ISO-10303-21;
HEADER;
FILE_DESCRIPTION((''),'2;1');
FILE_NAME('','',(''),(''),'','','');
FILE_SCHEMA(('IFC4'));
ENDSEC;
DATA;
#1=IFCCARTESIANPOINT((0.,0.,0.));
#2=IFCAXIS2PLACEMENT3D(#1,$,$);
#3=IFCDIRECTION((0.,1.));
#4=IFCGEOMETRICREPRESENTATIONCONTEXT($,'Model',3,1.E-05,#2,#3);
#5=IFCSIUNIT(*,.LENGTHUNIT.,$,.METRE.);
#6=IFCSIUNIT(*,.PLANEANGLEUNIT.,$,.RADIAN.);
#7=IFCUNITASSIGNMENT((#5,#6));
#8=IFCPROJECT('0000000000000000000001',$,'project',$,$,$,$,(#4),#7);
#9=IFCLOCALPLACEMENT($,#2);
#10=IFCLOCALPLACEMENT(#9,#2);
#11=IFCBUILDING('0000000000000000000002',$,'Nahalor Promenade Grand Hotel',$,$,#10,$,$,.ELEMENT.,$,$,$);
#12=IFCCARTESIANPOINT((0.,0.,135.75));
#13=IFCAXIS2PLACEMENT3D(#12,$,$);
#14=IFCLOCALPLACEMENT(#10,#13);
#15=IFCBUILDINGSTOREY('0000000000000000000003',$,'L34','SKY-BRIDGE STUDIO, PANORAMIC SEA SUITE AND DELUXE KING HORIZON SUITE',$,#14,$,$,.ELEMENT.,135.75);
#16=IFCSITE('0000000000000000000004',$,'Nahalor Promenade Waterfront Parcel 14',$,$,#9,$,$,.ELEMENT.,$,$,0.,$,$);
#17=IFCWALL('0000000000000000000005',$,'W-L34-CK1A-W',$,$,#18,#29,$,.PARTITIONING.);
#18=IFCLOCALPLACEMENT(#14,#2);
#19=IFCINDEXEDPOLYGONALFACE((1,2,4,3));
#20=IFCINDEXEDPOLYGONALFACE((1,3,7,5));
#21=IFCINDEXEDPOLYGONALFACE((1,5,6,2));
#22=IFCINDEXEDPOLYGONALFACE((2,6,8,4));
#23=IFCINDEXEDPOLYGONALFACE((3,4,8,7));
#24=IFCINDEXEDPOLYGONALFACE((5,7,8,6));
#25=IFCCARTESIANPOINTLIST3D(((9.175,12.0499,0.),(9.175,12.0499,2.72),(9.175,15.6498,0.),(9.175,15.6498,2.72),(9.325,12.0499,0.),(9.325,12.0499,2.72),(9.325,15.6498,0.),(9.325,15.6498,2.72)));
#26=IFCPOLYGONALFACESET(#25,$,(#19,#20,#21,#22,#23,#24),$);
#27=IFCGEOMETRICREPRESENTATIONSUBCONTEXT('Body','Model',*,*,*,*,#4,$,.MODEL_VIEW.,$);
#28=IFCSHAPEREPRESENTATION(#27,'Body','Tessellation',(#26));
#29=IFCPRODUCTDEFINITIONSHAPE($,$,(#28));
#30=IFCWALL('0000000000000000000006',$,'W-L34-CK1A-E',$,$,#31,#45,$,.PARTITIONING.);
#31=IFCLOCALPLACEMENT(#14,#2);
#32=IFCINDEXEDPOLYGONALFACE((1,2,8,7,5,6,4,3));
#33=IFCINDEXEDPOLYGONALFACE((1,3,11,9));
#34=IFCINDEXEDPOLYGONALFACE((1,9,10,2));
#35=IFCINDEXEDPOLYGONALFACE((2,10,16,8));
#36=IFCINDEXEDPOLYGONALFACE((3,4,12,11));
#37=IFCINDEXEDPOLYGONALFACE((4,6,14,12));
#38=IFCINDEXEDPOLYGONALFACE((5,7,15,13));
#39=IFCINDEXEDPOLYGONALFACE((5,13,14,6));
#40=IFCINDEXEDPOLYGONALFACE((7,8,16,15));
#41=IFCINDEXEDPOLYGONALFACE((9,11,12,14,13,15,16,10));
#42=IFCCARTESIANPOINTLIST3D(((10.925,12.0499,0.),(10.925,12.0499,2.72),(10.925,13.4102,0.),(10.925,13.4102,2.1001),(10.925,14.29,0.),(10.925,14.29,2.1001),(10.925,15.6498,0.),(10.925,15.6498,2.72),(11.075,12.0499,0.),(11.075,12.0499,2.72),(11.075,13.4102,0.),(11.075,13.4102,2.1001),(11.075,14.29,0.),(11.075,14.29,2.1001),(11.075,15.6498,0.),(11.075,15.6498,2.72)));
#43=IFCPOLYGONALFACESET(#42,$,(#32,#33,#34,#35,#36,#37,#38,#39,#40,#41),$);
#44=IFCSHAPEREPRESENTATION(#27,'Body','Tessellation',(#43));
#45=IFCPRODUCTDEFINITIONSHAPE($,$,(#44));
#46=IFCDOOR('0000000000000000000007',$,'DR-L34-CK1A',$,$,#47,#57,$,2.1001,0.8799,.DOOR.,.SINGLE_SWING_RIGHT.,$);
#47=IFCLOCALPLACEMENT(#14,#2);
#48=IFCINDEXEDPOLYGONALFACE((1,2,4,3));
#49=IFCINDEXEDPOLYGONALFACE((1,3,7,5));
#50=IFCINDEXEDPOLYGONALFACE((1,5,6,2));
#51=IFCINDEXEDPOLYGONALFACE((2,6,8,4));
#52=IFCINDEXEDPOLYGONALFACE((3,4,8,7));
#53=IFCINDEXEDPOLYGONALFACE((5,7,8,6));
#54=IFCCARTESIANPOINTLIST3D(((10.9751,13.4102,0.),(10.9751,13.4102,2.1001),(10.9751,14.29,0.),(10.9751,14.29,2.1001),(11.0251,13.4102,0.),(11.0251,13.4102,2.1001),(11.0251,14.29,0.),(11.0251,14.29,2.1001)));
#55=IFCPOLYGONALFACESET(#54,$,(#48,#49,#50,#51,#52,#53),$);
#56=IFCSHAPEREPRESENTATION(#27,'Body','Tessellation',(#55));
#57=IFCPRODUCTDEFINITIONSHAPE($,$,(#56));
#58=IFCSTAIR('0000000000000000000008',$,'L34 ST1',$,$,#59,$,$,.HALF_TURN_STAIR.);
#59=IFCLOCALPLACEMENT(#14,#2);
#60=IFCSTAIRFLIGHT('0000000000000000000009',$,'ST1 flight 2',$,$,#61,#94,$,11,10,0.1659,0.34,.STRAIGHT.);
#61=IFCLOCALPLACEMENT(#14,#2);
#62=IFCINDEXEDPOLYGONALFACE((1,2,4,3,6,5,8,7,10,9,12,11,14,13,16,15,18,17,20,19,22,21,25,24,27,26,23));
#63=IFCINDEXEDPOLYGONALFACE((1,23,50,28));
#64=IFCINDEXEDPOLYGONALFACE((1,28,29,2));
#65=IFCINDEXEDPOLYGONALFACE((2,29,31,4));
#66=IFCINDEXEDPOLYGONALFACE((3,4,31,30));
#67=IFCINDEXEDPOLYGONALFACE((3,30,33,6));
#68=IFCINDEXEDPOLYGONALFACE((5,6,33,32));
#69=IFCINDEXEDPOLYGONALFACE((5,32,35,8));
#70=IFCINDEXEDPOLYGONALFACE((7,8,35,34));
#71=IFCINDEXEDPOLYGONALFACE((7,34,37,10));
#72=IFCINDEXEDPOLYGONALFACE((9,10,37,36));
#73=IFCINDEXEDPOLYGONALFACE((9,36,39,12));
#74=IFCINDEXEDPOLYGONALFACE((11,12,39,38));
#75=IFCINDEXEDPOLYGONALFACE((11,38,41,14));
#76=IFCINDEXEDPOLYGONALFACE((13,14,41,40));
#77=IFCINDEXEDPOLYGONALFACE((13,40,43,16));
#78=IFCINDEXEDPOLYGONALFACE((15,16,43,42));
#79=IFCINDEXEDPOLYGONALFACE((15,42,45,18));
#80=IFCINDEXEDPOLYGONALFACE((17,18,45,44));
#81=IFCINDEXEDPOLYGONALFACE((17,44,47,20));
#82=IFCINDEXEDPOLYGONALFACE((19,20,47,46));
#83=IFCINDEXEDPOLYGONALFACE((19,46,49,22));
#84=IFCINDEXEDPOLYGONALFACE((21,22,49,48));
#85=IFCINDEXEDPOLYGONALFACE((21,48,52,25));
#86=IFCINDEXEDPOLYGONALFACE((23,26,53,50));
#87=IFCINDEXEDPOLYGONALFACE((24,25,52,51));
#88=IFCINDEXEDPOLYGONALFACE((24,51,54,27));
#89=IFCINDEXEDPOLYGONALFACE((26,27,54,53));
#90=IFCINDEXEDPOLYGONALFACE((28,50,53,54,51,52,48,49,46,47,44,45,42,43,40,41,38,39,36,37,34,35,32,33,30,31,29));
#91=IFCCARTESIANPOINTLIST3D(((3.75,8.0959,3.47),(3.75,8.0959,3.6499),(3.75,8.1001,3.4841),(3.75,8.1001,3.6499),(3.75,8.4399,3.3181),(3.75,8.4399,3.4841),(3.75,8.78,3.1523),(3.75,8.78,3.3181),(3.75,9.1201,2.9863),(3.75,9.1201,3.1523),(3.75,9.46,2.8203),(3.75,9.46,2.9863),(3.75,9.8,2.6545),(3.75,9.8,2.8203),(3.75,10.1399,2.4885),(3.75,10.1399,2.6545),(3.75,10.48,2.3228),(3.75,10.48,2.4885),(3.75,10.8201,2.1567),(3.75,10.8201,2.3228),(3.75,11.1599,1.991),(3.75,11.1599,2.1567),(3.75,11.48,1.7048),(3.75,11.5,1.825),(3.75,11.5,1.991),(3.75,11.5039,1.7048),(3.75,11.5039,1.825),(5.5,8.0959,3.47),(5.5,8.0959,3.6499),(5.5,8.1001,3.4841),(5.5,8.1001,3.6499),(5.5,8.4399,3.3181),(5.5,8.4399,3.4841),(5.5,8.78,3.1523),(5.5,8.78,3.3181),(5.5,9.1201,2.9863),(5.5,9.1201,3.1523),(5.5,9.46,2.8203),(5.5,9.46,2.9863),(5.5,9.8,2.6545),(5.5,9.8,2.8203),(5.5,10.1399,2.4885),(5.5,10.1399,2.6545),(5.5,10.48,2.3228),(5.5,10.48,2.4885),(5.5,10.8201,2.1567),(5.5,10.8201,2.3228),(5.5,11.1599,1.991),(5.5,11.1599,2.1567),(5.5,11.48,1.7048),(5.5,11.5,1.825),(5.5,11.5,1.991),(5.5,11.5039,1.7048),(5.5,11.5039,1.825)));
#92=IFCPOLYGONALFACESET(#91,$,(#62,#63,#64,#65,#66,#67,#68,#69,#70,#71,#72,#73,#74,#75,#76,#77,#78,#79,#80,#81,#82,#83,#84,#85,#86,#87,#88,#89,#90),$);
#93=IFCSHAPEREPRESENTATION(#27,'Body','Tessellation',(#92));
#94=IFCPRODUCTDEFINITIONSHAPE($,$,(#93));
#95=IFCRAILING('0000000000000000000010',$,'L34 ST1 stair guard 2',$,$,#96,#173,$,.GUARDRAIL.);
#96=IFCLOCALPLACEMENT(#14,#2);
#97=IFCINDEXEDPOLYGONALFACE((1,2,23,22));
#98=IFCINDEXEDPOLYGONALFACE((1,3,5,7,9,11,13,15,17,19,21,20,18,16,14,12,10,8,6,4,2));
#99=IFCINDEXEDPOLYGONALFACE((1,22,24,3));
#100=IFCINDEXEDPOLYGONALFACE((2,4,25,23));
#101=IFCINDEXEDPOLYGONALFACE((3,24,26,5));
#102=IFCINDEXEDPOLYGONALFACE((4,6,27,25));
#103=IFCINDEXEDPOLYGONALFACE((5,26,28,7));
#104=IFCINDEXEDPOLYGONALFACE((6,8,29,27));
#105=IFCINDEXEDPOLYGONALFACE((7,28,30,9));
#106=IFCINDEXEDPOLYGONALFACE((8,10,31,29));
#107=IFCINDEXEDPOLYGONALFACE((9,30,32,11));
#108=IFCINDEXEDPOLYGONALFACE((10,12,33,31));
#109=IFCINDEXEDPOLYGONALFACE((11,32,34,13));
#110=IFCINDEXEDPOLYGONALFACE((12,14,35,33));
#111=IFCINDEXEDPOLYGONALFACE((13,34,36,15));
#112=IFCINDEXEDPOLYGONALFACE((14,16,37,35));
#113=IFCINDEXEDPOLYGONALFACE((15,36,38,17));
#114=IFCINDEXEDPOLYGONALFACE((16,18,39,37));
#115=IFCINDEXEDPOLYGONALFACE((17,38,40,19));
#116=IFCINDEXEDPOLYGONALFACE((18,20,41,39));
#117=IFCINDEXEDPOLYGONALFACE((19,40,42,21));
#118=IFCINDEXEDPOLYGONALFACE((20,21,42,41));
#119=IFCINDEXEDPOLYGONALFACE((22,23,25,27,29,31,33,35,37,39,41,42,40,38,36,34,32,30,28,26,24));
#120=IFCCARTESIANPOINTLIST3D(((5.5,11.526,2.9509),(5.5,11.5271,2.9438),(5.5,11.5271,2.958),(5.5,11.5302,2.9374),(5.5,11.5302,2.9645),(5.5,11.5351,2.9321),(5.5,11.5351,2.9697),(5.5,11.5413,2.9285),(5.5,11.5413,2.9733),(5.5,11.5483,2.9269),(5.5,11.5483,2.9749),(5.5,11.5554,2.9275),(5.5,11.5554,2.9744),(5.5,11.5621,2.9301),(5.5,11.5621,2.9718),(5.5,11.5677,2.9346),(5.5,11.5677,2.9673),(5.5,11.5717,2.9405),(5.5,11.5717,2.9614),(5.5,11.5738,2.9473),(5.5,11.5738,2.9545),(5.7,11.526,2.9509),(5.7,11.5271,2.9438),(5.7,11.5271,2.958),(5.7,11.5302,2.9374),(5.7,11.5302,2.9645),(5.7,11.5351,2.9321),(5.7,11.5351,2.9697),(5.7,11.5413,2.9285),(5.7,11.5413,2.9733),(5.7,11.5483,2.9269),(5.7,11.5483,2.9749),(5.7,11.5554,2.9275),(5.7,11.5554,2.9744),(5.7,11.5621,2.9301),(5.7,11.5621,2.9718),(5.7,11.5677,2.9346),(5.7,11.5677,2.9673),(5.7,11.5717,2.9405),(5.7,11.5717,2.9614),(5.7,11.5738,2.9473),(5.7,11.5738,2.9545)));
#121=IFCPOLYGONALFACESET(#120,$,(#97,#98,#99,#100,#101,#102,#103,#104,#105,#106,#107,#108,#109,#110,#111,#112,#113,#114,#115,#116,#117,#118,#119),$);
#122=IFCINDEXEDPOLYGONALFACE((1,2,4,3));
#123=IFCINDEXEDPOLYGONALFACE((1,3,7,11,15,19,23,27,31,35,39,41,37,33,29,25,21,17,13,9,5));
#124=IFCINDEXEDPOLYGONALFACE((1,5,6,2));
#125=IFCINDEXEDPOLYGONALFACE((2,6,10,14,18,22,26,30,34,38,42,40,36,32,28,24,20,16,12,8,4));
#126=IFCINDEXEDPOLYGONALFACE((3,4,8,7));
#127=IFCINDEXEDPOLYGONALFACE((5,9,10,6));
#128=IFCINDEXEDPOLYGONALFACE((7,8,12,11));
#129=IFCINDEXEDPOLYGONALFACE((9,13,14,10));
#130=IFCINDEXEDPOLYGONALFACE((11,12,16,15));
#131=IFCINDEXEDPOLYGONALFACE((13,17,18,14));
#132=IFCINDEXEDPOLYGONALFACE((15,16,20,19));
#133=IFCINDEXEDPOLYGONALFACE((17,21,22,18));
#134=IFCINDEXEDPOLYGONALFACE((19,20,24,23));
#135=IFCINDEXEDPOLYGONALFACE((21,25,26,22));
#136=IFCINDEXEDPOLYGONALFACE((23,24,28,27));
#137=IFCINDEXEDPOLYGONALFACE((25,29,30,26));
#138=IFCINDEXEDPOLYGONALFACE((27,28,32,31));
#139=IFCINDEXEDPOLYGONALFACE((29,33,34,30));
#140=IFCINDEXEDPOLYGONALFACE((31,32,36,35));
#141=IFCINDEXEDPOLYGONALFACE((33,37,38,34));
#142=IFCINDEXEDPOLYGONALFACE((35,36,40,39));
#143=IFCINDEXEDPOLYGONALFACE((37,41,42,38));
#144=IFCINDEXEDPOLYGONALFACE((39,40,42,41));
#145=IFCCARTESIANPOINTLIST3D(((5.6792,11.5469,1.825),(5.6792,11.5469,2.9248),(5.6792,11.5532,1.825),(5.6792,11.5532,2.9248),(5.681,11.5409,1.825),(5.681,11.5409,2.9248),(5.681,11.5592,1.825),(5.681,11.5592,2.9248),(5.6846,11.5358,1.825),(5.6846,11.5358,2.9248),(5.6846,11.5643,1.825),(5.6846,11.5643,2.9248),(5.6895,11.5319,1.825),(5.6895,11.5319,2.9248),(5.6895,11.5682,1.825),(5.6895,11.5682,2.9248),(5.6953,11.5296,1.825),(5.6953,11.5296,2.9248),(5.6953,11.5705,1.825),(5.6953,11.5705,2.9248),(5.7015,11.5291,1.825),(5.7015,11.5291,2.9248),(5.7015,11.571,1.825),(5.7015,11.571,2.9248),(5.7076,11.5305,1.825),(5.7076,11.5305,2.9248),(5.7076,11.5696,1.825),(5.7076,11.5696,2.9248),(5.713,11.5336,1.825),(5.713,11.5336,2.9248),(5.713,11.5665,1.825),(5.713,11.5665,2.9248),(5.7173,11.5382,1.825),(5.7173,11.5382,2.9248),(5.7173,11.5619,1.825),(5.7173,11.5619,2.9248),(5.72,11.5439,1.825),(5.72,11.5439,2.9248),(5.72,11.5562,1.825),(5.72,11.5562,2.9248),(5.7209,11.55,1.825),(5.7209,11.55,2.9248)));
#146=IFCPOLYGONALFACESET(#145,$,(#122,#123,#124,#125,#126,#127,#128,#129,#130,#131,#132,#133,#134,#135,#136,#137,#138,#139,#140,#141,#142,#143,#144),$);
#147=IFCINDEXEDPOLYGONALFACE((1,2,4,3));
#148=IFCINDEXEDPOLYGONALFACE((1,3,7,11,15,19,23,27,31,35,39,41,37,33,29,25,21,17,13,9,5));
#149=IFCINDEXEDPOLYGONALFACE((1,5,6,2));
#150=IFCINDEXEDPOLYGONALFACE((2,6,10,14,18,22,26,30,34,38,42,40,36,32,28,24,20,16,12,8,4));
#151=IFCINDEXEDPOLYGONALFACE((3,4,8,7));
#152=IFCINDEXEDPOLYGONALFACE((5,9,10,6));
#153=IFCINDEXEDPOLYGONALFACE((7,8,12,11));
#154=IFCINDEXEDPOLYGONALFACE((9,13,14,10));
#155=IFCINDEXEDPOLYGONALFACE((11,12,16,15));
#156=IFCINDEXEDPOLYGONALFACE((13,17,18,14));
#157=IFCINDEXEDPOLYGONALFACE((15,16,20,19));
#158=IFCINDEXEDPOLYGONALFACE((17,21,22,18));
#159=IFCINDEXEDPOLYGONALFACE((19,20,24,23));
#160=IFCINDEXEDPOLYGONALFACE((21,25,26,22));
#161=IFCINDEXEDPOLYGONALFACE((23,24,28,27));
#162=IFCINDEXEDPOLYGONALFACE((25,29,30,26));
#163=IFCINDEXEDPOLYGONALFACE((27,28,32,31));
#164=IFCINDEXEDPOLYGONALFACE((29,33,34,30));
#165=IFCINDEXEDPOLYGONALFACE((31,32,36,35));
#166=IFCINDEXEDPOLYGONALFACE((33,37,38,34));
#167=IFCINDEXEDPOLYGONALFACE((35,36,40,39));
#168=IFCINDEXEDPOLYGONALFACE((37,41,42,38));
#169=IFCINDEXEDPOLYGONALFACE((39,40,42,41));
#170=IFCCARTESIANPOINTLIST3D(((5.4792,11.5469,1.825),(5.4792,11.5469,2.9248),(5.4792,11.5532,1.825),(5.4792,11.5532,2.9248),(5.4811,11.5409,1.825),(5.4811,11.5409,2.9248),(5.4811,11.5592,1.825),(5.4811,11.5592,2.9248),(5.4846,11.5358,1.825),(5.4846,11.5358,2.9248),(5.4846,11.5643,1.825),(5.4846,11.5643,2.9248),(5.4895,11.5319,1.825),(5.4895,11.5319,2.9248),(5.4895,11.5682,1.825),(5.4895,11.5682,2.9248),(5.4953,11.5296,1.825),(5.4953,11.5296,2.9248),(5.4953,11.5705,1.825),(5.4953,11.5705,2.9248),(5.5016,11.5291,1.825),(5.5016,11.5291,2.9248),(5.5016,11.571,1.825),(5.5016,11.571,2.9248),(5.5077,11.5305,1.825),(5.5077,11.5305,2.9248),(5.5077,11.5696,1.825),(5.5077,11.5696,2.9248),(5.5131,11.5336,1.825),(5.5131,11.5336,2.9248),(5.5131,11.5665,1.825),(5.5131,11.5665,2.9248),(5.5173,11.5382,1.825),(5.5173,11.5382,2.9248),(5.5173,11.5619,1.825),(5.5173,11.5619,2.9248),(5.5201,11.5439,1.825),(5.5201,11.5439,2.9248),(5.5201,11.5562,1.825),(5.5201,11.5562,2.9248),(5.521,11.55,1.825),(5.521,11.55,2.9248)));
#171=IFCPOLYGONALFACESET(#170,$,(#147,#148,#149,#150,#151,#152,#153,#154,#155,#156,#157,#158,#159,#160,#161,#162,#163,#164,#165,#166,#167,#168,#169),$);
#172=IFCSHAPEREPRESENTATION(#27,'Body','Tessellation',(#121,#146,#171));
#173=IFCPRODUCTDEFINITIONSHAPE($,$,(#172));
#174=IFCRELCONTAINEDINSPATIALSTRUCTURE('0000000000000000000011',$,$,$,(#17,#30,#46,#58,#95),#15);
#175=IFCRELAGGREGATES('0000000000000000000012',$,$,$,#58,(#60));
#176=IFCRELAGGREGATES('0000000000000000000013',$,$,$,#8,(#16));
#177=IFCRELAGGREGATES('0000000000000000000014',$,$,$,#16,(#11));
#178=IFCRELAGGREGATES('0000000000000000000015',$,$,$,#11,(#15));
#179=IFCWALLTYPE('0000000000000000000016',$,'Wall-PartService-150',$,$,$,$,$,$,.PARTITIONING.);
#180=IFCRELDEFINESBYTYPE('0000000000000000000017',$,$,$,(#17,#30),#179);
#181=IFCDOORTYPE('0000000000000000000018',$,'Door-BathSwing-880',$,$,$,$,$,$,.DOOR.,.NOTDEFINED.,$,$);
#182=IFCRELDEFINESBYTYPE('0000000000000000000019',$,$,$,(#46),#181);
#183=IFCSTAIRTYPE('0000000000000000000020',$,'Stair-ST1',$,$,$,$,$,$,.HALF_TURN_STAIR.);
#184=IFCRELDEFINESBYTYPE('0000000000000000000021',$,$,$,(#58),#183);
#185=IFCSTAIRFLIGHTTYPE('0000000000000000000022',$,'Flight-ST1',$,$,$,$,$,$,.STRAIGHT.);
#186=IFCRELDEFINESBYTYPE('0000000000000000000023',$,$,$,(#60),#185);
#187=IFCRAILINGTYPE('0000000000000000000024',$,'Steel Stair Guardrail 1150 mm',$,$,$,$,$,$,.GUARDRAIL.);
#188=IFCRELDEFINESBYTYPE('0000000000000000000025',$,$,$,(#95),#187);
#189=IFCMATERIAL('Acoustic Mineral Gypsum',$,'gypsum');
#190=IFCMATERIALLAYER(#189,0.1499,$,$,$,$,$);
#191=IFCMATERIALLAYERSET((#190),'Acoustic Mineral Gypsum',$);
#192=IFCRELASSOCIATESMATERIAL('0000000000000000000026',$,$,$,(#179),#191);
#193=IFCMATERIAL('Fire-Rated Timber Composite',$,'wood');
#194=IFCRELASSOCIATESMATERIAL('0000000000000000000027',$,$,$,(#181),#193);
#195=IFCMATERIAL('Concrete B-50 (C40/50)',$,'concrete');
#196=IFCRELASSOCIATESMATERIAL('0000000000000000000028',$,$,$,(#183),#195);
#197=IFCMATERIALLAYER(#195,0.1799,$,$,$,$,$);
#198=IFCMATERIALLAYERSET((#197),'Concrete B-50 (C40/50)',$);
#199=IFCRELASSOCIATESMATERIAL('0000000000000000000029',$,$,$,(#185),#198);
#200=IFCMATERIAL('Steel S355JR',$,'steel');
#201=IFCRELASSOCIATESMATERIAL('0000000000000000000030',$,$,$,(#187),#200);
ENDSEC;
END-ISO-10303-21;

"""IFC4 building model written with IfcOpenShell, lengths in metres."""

from ifc_helpers import new_model, si_unit, direction, frame, frame_2d, origin, origin_2d, place, context, subcontext, project, spatial, polyline, rectangle, circle, outline, extrude, source, transform, mapped, material, layer, layer_set, type_object, element, fill, aggregate, save


model = new_model("IFC4")

# Units and contexts
model_context = context("Model", 3, precision=1e-05, world=origin(), true_north=direction((0.0, 1.0)))
body_context = subcontext(model_context, "Body", "Model", "MODEL_VIEW")
ifc_project = project(units=[si_unit("LENGTHUNIT", "METRE"), si_unit("PLANEANGLEUNIT", "RADIAN")], contexts=[model_context])

# Site, building, storey
site_placement = place(None, origin())
site = spatial("IfcSite", under=ifc_project, at=site_placement, Name="Nahalor Promenade Waterfront Parcel 14", CompositionType="ELEMENT", RefElevation=0.0)
building_placement = place(site_placement, origin())
building = spatial("IfcBuilding", under=site, at=building_placement, Name="Nahalor Promenade Grand Hotel", CompositionType="ELEMENT")
storey_placement = place(building_placement, frame((0.0, 0.0, 135.75)))
storey = spatial("IfcBuildingStorey", under=building, at=storey_placement, Name="L34", Description="SKY-BRIDGE STUDIO, PANORAMIC SEA SUITE AND DELUXE KING HORIZON SUITE", CompositionType="ELEMENT", Elevation=135.75)

# Shared definitions
ifc_material_1 = material(Name="Steel S355JR", Category="steel")

# Wall
ifc_material_2 = material(Name="Concrete B-50 (C40/50)", Category="concrete")
ifc_material_3 = material(Name="Acoustic Mineral Gypsum", Category="gypsum")
ifc_layer_1 = layer(ifc_material_3, 0.1499)
ifc_layer_set_1 = layer_set([ifc_layer_1], Name="Acoustic Mineral Gypsum")
wall_type_1 = type_object("IfcWallType", Name="Wall-PartService-150", PredefinedType="PARTITIONING", material=ifc_layer_set_1)
shared_shape_1 = source(origin(), body_context, "Body", "SweptSolid", [
    extrude(rectangle(XDim=3.5999, YDim=0.1499, at=frame_2d((1.7998, 0.0))), origin(), (0.0, 0.0, 1.0), 2.72),
])
wall_1_placement = place(storey_placement, frame((9.25, 12.05, 0.0), z_axis=(0.0, 0.0, 1.0), x_axis=(0.0, 1.0, 0.0)))
element("IfcWall", 1, at=wall_1_placement, inside=storey, type_object=wall_type_1, Name="W-L34-CK1A-W", PredefinedType="PARTITIONING", context=body_context, shape_type="MappedRepresentation", body=[
    mapped(shared_shape_1, transform((0.0, 0.0, 0.0), scale=1.0)),
])

# Wall, opening, door
wall_2_placement = place(storey_placement, frame((11.0, 12.05, 0.0), z_axis=(0.0, 0.0, 1.0), x_axis=(0.0, 1.0, 0.0)))
wall_2 = element("IfcWall", 2, at=wall_2_placement, inside=storey, type_object=wall_type_1, Name="W-L34-CK1A-E", PredefinedType="PARTITIONING", context=body_context, shape_type="MappedRepresentation", body=[
    mapped(shared_shape_1, transform((0.0, 0.0, 0.0), scale=1.0)),
])
opening_placement = place(wall_2_placement, frame((1.3601, 0.0, 0.0)))
opening = element("IfcOpeningElement", 3, at=opening_placement, cuts=wall_2, PredefinedType="OPENING", context=body_context, shape_type="SweptSolid", body=[
    extrude(rectangle(XDim=0.8799, YDim=2.1001, at=frame_2d((0.4399, 1.05))), frame((0.0, 0.085, 0.0), z_axis=(0.0, -1.0, 0.0), x_axis=(1.0, 0.0, 0.0)), (0.0, 0.0, 1.0), 0.1699),
])
ifc_material_4 = material(Name="Fire-Rated Timber Composite", Category="wood")
door_type = type_object("IfcDoorType", Name="Door-BathSwing-880", OperationType="NOTDEFINED", PredefinedType="DOOR", material=ifc_material_4)
shared_shape_2 = source(origin(), body_context, "Body", "SweptSolid", [
    extrude(rectangle(XDim=0.8799, YDim=2.1001, at=frame_2d((0.4399, 1.05))), frame((0.0, 0.0249, 0.0), z_axis=(0.0, -1.0, 0.0), x_axis=(1.0, 0.0, 0.0)), (0.0, 0.0, 1.0), 0.05),
])
door_placement = place(opening_placement, origin())
door = element("IfcDoor", 4, at=door_placement, inside=storey, type_object=door_type, Name="DR-L34-CK1A", OperationType="SINGLE_SWING_RIGHT", OverallHeight=2.1001, OverallWidth=0.8799, PredefinedType="DOOR", context=body_context, shape_type="MappedRepresentation", body=[
    mapped(shared_shape_2, transform((0.0, 0.0, 0.0), scale=1.0)),
])
fill(opening, door)

# Stair, stair flight
stair_type = type_object("IfcStairType", Name="Stair-ST1", PredefinedType="HALF_TURN_STAIR", material=ifc_material_2)
stair_placement = place(storey_placement, origin())
stair = element("IfcStair", 5, at=stair_placement, inside=storey, type_object=stair_type, Name="L34 ST1", PredefinedType="HALF_TURN_STAIR")
ifc_layer_2 = layer(ifc_material_2, 0.1799)
ifc_layer_set_2 = layer_set([ifc_layer_2], Name="Concrete B-50 (C40/50)")
stair_flight_type = type_object("IfcStairFlightType", Name="Flight-ST1", PredefinedType="STRAIGHT", material=ifc_layer_set_2)
shared_shape_3 = source(origin(), body_context, "Body", "SweptSolid", [
    extrude(outline(polyline([(-0.0039, -0.1201), (-0.0039, 0.0), (0.0, 0.0), (0.0, 0.166), (0.3401, 0.166), (0.3401, 0.3318), (0.6799, 0.3318), (0.6799, 0.4978), (1.02, 0.4978), (1.02, 0.6636), (1.3601, 0.6636), (1.3601, 0.8296), (1.7, 0.8296), (1.7, 0.9954), (2.04, 0.9954), (2.04, 1.1614), (2.3799, 1.1614), (2.3799, 1.3274), (2.72, 1.3274), (2.72, 1.4932), (3.0601, 1.4932), (3.0601, 1.6592), (3.3999, 1.6592), (3.3999, 1.825), (3.4041, 1.825), (3.4041, 1.645), (0.02, -0.1201), (-0.0039, -0.1201)])), frame((0.0, 0.875, 0.0), z_axis=(0.0, -1.0, 0.0), x_axis=(1.0, 0.0, 0.0)), (0.0, 0.0, 1.0), 1.75),
])
stair_flight_placement = place(storey_placement, frame((4.625, 11.5, 1.825), z_axis=(0.0, 0.0, 1.0), x_axis=(0.0, -1.0, 0.0)))
stair_flight = element("IfcStairFlight", 6, at=stair_flight_placement, type_object=stair_flight_type, Name="ST1 flight 2", NumberOfRisers=11, NumberOfTreads=10, PredefinedType="STRAIGHT", RiserHeight=0.1659, TreadLength=0.34, context=body_context, shape_type="MappedRepresentation", body=[
    mapped(shared_shape_3, transform((0.0, 0.0, 0.0), scale=1.0)),
])
aggregate(stair, [stair_flight])

# Railing
railing_type_1 = type_object("IfcRailingType", Name="Steel Stair Guardrail 1150 mm", PredefinedType="GUARDRAIL", material=ifc_material_1)
railing_1_placement = place(storey_placement, frame((5.7, 11.55, 1.825)))
element("IfcRailing", 7, at=railing_1_placement, inside=storey, type_object=railing_type_1, Name="L34 ST1 stair guard 2", PredefinedType="GUARDRAIL", context=body_context, shape_type="SweptSolid", body=[
    extrude(circle(Radius=0.024, at=origin_2d()), frame((0.0, 0.0, 1.126), z_axis=(-1.0, 0.0, 0.0), x_axis=(0.0, -1.0, 0.0)), (0.0, 0.0, 1.0), 0.2),
    extrude(circle(Radius=0.021, at=origin_2d()), origin(), (0.0, 0.0, 1.0), 1.0999),
    extrude(circle(Radius=0.021, at=origin_2d()), frame((-0.2, 0.0, 0.0)), (0.0, 0.0, 1.0), 1.0999),
])

save(model, "model.ifc")
